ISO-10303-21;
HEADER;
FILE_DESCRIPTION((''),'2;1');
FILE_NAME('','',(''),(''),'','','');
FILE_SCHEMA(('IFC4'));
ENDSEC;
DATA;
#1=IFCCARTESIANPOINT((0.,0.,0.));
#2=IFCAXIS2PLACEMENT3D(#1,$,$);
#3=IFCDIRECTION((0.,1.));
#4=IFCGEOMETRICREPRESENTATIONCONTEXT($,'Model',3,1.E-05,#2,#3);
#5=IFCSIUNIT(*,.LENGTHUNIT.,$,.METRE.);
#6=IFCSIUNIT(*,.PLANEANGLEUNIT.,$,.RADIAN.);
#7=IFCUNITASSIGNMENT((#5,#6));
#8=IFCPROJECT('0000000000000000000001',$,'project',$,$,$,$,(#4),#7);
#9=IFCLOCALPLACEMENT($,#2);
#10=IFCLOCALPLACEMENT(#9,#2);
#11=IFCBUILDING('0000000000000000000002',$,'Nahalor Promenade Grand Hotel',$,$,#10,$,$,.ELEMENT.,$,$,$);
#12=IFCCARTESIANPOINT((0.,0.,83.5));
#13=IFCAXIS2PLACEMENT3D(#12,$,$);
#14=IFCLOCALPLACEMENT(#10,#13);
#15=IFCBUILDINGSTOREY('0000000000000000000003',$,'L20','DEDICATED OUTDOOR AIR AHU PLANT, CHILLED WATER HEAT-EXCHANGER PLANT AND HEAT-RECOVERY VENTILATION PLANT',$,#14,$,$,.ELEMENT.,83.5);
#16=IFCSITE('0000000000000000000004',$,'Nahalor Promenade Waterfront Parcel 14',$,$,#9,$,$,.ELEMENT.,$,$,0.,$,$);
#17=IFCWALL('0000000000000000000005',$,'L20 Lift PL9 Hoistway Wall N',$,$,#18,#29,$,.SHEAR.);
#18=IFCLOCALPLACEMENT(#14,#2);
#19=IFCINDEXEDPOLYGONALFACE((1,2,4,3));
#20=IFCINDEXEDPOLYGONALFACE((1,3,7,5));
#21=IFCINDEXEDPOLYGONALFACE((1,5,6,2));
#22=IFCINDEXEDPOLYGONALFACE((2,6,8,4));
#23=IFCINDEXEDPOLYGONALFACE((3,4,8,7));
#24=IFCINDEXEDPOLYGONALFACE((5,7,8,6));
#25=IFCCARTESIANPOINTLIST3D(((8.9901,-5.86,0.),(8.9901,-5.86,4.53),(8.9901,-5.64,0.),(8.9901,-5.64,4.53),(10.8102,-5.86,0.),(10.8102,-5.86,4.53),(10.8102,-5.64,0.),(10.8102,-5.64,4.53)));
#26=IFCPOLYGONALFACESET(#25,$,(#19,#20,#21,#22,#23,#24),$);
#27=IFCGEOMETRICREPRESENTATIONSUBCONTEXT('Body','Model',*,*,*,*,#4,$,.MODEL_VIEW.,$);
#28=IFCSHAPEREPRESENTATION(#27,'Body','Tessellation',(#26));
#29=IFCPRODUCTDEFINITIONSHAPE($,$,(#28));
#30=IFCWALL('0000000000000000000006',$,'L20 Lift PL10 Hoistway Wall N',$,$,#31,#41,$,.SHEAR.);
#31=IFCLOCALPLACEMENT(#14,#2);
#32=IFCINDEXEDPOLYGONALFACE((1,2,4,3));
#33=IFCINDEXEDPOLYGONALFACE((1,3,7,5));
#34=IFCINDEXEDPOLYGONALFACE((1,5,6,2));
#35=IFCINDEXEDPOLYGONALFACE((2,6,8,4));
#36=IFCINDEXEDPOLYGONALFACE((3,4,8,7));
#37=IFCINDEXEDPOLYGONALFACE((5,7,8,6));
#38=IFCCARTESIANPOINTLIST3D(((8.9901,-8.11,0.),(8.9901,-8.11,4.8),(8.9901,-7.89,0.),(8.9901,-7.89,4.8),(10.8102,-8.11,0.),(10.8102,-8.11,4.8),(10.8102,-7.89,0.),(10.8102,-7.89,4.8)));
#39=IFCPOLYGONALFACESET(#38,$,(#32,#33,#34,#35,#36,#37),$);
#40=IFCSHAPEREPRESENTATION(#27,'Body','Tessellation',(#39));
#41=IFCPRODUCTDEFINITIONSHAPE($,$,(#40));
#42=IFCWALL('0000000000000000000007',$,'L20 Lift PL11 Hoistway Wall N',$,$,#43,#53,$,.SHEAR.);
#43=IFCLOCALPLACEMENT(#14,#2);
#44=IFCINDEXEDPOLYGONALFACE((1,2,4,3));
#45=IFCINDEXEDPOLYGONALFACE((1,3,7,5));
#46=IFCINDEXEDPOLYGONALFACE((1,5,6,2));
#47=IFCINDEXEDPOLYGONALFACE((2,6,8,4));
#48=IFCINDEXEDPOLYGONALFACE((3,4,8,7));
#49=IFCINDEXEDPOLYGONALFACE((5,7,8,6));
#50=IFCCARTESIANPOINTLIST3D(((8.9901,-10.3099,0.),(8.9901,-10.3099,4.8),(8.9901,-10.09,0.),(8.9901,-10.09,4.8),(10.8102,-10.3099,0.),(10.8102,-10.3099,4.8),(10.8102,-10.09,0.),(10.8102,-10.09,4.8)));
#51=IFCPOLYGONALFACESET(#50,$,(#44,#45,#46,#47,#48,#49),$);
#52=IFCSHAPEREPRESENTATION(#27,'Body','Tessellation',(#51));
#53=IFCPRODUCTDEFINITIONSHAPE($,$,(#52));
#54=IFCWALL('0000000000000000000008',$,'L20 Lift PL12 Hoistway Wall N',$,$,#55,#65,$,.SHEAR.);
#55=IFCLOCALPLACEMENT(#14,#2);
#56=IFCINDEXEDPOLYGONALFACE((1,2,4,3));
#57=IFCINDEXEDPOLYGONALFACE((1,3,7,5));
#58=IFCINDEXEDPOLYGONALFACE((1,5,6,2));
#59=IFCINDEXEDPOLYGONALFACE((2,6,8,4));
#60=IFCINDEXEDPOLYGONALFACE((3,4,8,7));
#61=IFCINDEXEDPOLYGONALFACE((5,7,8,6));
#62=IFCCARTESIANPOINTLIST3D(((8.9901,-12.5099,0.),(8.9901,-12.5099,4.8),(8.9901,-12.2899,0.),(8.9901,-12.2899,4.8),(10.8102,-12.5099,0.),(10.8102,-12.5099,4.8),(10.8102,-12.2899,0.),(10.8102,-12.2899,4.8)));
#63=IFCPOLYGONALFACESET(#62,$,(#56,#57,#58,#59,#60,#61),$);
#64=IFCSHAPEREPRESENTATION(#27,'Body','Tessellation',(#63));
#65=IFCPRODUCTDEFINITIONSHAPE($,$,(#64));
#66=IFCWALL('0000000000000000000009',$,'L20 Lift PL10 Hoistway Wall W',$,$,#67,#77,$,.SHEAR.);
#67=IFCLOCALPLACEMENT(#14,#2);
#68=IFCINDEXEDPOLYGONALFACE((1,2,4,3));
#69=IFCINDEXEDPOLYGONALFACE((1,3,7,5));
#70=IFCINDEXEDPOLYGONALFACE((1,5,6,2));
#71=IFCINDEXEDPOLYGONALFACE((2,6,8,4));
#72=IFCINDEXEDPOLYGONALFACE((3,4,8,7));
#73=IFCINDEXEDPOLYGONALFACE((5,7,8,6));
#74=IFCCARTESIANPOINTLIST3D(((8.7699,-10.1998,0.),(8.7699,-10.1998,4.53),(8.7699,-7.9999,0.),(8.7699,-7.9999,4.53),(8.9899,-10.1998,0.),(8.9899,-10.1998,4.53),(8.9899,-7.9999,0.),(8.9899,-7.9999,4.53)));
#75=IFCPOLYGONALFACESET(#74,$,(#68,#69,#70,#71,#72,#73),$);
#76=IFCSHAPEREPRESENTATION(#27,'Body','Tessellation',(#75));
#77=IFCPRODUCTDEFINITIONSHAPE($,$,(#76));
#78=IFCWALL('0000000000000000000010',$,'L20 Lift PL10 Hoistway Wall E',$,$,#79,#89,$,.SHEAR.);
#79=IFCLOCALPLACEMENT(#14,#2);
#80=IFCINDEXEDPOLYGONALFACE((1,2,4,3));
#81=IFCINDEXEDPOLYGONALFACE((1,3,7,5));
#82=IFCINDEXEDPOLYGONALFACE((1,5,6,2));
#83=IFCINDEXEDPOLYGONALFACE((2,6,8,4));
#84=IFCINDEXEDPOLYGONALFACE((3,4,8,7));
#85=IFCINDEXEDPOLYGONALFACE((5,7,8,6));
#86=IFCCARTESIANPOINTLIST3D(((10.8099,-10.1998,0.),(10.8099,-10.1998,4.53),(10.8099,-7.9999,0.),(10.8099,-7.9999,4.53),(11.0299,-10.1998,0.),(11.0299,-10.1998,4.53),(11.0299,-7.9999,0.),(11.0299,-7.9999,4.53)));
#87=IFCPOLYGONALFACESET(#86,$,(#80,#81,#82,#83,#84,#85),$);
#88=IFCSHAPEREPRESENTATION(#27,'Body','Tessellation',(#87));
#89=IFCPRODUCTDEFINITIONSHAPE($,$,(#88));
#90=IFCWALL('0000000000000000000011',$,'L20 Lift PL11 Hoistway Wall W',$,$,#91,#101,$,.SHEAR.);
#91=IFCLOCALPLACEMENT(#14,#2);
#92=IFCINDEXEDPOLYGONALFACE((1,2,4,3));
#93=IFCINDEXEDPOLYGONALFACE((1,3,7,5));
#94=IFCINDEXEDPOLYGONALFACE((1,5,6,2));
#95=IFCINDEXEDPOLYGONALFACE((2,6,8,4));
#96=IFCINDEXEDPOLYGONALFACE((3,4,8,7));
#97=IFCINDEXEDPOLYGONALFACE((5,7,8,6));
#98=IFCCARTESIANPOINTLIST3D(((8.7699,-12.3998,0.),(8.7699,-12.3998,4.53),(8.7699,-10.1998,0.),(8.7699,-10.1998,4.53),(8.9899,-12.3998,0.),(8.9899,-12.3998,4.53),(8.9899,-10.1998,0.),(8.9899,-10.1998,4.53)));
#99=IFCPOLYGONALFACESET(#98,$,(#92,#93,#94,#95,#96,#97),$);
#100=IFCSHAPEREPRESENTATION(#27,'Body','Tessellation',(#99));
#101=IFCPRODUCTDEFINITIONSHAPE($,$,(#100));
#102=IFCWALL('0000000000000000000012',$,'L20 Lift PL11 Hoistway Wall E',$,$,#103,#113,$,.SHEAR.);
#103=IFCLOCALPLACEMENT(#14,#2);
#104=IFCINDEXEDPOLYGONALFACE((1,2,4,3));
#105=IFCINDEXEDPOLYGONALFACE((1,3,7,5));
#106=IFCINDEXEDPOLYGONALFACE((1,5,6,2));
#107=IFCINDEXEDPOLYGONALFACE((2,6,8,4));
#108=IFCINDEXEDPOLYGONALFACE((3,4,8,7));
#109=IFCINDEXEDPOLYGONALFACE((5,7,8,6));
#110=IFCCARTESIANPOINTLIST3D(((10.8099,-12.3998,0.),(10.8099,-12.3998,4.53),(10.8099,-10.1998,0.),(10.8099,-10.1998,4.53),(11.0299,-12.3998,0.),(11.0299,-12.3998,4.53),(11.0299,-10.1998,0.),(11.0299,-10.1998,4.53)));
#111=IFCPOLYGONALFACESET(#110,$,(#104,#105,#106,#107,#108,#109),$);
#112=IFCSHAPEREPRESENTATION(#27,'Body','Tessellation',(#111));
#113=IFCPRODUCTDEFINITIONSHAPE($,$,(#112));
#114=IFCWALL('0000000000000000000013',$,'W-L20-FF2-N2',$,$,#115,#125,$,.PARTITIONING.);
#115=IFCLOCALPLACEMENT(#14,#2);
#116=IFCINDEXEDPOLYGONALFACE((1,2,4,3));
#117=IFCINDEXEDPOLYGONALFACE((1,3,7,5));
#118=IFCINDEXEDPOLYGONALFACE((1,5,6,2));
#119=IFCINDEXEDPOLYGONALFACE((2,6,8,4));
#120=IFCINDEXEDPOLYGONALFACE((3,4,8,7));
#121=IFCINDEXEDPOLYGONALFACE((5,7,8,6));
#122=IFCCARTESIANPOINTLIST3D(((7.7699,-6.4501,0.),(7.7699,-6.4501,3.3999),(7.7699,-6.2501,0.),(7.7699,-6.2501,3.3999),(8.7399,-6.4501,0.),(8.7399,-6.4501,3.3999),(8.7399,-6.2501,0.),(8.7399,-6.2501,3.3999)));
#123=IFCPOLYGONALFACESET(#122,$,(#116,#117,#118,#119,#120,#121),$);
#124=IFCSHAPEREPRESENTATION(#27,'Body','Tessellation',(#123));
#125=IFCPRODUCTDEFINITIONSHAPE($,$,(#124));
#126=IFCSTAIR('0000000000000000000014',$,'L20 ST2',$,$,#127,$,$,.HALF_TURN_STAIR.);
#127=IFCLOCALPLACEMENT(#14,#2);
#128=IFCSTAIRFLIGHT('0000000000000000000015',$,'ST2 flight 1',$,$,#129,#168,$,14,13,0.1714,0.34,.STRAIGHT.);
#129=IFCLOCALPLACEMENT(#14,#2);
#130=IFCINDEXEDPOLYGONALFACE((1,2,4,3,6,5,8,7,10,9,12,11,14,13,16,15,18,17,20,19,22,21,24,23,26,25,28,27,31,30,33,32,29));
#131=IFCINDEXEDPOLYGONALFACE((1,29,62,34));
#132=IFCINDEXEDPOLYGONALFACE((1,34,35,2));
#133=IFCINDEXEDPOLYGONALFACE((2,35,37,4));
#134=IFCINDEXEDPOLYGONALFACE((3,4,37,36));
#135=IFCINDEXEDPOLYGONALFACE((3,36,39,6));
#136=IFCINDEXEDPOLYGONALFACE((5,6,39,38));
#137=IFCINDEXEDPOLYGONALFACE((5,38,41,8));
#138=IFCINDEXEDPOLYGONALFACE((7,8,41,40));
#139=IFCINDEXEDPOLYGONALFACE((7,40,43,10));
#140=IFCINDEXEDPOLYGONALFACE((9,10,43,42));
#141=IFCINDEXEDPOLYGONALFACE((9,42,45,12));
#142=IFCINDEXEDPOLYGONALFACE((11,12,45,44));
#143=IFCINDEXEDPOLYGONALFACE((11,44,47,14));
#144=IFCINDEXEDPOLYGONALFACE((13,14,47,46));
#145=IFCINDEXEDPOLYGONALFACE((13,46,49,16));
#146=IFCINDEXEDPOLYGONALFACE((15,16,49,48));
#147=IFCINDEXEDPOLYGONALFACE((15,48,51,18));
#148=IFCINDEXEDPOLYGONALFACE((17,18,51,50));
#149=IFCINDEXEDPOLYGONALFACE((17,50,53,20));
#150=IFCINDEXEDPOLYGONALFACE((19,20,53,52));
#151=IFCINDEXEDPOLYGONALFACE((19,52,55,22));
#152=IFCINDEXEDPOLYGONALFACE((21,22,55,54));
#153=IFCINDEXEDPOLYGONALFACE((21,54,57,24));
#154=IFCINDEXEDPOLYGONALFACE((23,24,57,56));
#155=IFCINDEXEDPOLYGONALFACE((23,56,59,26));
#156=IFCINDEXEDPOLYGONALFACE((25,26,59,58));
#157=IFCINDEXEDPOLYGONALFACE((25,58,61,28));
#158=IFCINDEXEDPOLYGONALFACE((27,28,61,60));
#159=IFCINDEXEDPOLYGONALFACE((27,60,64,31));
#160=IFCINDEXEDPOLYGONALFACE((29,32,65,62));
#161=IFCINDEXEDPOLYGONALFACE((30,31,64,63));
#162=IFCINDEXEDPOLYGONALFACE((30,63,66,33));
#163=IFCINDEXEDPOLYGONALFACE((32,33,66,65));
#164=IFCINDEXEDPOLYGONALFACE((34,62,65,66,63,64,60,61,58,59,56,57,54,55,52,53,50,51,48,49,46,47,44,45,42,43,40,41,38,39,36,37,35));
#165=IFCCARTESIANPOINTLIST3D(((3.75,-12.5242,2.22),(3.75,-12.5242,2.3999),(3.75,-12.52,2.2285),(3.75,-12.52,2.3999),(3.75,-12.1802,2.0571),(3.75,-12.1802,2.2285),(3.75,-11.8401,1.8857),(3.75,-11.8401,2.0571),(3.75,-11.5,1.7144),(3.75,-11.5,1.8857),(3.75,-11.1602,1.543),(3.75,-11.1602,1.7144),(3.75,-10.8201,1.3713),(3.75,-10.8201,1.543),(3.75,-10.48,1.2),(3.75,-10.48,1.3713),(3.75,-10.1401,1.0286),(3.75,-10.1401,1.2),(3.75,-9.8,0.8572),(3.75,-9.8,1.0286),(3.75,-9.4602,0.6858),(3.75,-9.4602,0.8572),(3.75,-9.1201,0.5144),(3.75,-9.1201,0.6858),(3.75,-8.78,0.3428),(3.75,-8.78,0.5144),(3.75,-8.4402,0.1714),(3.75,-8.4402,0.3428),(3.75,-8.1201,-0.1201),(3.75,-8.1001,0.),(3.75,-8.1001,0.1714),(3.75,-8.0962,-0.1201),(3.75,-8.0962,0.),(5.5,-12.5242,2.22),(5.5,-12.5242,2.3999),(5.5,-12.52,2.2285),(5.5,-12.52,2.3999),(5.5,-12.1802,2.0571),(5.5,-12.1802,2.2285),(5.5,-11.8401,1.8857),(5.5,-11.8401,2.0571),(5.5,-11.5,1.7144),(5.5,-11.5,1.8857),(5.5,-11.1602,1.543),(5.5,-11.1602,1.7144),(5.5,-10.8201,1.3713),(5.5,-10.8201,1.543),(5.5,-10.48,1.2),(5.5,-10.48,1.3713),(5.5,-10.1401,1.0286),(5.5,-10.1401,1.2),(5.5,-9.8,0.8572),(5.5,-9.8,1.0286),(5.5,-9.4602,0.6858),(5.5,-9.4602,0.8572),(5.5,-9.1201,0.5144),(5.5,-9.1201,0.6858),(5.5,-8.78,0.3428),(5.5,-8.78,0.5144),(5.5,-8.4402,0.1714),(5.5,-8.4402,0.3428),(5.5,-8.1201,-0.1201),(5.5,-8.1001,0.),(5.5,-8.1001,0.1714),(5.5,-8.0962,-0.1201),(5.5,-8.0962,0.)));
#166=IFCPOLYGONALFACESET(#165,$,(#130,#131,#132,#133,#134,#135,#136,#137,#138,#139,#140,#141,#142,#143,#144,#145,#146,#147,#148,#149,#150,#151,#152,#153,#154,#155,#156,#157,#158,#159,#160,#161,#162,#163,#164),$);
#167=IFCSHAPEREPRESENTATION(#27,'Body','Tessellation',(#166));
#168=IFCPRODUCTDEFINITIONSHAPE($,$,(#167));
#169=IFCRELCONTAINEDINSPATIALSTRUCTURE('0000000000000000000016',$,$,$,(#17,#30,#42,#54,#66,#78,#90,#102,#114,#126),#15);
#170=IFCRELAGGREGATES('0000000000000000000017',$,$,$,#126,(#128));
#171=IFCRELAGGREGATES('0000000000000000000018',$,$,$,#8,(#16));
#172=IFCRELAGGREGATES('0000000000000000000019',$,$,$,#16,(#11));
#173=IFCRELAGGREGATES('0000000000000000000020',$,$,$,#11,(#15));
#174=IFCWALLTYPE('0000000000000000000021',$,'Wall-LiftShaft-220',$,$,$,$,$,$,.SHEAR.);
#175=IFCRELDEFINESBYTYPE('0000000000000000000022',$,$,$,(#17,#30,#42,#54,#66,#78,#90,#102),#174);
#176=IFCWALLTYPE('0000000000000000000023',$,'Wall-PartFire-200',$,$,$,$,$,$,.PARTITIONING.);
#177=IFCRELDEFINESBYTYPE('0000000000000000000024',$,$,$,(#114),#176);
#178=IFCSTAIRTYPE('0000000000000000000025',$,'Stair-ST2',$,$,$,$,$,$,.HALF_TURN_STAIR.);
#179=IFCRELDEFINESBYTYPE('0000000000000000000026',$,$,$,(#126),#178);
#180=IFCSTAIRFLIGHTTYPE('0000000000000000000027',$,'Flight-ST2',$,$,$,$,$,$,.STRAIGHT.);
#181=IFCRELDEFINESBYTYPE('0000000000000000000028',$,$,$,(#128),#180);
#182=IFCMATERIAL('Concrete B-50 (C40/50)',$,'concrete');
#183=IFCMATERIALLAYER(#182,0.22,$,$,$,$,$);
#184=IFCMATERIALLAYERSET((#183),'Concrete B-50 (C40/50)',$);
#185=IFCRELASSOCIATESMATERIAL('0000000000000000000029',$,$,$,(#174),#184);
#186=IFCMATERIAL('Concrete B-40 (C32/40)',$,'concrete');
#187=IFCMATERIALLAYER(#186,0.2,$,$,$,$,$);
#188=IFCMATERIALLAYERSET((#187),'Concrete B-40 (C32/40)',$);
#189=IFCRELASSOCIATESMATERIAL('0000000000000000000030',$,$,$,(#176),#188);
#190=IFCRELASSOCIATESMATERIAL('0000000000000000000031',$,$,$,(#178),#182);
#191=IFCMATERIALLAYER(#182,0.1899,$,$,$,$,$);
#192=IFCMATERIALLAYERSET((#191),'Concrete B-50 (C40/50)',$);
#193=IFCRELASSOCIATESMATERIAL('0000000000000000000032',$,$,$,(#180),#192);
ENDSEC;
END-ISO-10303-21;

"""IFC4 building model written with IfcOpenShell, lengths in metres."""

from ifc_helpers import new_model, si_unit, direction, frame, frame_2d, origin, place, context, subcontext, project, spatial, polyline, rectangle, outline, extrude, source, transform, mapped, material, layer, layer_set, type_object, element, aggregate, save


model = new_model("IFC4")

# Units and contexts
model_context = context("Model", 3, precision=1e-05, world=origin(), true_north=direction((0.0, 1.0)))
body_context = subcontext(model_context, "Body", "Model", "MODEL_VIEW")
ifc_project = project(units=[si_unit("LENGTHUNIT", "METRE"), si_unit("PLANEANGLEUNIT", "RADIAN")], contexts=[model_context])

# Site, building, storey
site_placement = place(None, origin())
site = spatial("IfcSite", under=ifc_project, at=site_placement, Name="Nahalor Promenade Waterfront Parcel 14", CompositionType="ELEMENT", RefElevation=0.0)
building_placement = place(site_placement, origin())
building = spatial("IfcBuilding", under=site, at=building_placement, Name="Nahalor Promenade Grand Hotel", CompositionType="ELEMENT")
storey_placement = place(building_placement, frame((0.0, 0.0, 83.5)))
storey = spatial("IfcBuildingStorey", under=building, at=storey_placement, Name="L20", Description="DEDICATED OUTDOOR AIR AHU PLANT, CHILLED WATER HEAT-EXCHANGER PLANT AND HEAT-RECOVERY VENTILATION PLANT", CompositionType="ELEMENT", Elevation=83.5)

# Walls
ifc_material_1 = material(Name="Concrete B-50 (C40/50)", Category="concrete")
ifc_layer_1 = layer(ifc_material_1, 0.22)
ifc_layer_set_1 = layer_set([ifc_layer_1], Name="Concrete B-50 (C40/50)")
wall_type_1 = type_object("IfcWallType", Name="Wall-LiftShaft-220", PredefinedType="SHEAR", material=ifc_layer_set_1)
shared_shape_1 = source(origin(), body_context, "Body", "SweptSolid", [
    extrude(rectangle(XDim=1.8201, YDim=0.22, at=frame_2d((0.9102, 0.0))), origin(), (0.0, 0.0, 1.0), 4.53),
])
wall_1_placement = place(storey_placement, frame((8.99, -5.75, 0.0), z_axis=(0.0, 0.0, 1.0), x_axis=(1.0, 0.0, 0.0)))
element("IfcWall", 1, at=wall_1_placement, inside=storey, type_object=wall_type_1, Name="L20 Lift PL9 Hoistway Wall N", PredefinedType="SHEAR", context=body_context, shape_type="MappedRepresentation", body=[
    mapped(shared_shape_1, transform((0.0, 0.0, 0.0), scale=1.0)),
])
shared_shape_2 = source(origin(), body_context, "Body", "SweptSolid", [
    extrude(rectangle(XDim=1.8201, YDim=0.22, at=frame_2d((0.9102, 0.0))), origin(), (0.0, 0.0, 1.0), 4.8),
])
for number, where, z_axis, x_axis, name in (
    (2, (8.99, -8.0, 0.0), (0.0, 0.0, 1.0), (1.0, 0.0, 0.0), "L20 Lift PL10 Hoistway Wall N"),
    (3, (8.99, -10.2, 0.0), (0.0, 0.0, 1.0), (1.0, 0.0, 0.0), "L20 Lift PL11 Hoistway Wall N"),
    (4, (8.99, -12.3999, 0.0), (0.0, 0.0, 1.0), (1.0, 0.0, 0.0), "L20 Lift PL12 Hoistway Wall N"),
):
    element("IfcWall", number, at=place(storey_placement, frame(where, z_axis=z_axis, x_axis=x_axis)), inside=storey, type_object=wall_type_1, Name=name, PredefinedType="SHEAR", context=body_context, shape_type="MappedRepresentation", body=[
        mapped(shared_shape_2, transform((0.0, 0.0, 0.0), scale=1.0)),
    ])
shared_shape_3 = source(origin(), body_context, "Body", "SweptSolid", [
    extrude(rectangle(XDim=2.2, YDim=0.22, at=frame_2d((1.1001, 0.0))), origin(), (0.0, 0.0, 1.0), 4.53),
])
for number, where, z_axis, x_axis, name in (
    (5, (8.8799, -10.2, 0.0), (0.0, 0.0, 1.0), (0.0, 1.0, 0.0), "L20 Lift PL10 Hoistway Wall W"),
    (6, (10.9199, -10.2, 0.0), (0.0, 0.0, 1.0), (0.0, 1.0, 0.0), "L20 Lift PL10 Hoistway Wall E"),
    (7, (8.8799, -12.3999, 0.0), (0.0, 0.0, 1.0), (0.0, 1.0, 0.0), "L20 Lift PL11 Hoistway Wall W"),
    (8, (10.9199, -12.3999, 0.0), (0.0, 0.0, 1.0), (0.0, 1.0, 0.0), "L20 Lift PL11 Hoistway Wall E"),
):
    element("IfcWall", number, at=place(storey_placement, frame(where, z_axis=z_axis, x_axis=x_axis)), inside=storey, type_object=wall_type_1, Name=name, PredefinedType="SHEAR", context=body_context, shape_type="MappedRepresentation", body=[
        mapped(shared_shape_3, transform((0.0, 0.0, 0.0), scale=1.0)),
    ])
ifc_material_2 = material(Name="Concrete B-40 (C32/40)", Category="concrete")
ifc_layer_2 = layer(ifc_material_2, 0.2)
ifc_layer_set_2 = layer_set([ifc_layer_2], Name="Concrete B-40 (C32/40)")
wall_type_2 = type_object("IfcWallType", Name="Wall-PartFire-200", PredefinedType="PARTITIONING", material=ifc_layer_set_2)
shared_shape_4 = source(origin(), body_context, "Body", "SweptSolid", [
    extrude(rectangle(XDim=0.97, YDim=0.2, at=frame_2d((0.4849, 0.0))), origin(), (0.0, 0.0, 1.0), 3.3999),
])
wall_2_placement = place(storey_placement, frame((7.77, -6.3501, 0.0), z_axis=(0.0, 0.0, 1.0), x_axis=(1.0, 0.0, 0.0)))
element("IfcWall", 9, at=wall_2_placement, inside=storey, type_object=wall_type_2, Name="W-L20-FF2-N2", PredefinedType="PARTITIONING", context=body_context, shape_type="MappedRepresentation", body=[
    mapped(shared_shape_4, transform((0.0, 0.0, 0.0), scale=1.0)),
])

# Stair, stair flight
stair_type = type_object("IfcStairType", Name="Stair-ST2", PredefinedType="HALF_TURN_STAIR", material=ifc_material_1)
stair_placement = place(storey_placement, origin())
stair = element("IfcStair", 10, at=stair_placement, inside=storey, type_object=stair_type, Name="L20 ST2", PredefinedType="HALF_TURN_STAIR")
ifc_layer_3 = layer(ifc_material_1, 0.1899)
ifc_layer_set_3 = layer_set([ifc_layer_3], Name="Concrete B-50 (C40/50)")
stair_flight_type = type_object("IfcStairFlightType", Name="Flight-ST2", PredefinedType="STRAIGHT", material=ifc_layer_set_3)
shared_shape_5 = source(origin(), body_context, "Body", "SweptSolid", [
    extrude(outline(polyline([(-0.0039, -0.1201), (-0.0039, 0.0), (0.0, 0.0), (0.0, 0.1714), (0.3401, 0.1714), (0.3401, 0.3428), (0.6799, 0.3428), (0.6799, 0.5144), (1.02, 0.5144), (1.02, 0.6858), (1.3601, 0.6858), (1.3601, 0.8572), (1.7, 0.8572), (1.7, 1.0286), (2.04, 1.0286), (2.04, 1.2), (2.3799, 1.2), (2.3799, 1.3713), (2.72, 1.3713), (2.72, 1.543), (3.0601, 1.543), (3.0601, 1.7144), (3.3999, 1.7144), (3.3999, 1.8857), (3.74, 1.8857), (3.74, 2.0571), (4.0801, 2.0571), (4.0801, 2.2285), (4.4199, 2.2285), (4.4199, 2.3999), (4.4241, 2.3999), (4.4241, 2.22), (0.02, -0.1201), (-0.0039, -0.1201)])), frame((0.0, 0.875, 0.0), z_axis=(0.0, -1.0, 0.0), x_axis=(1.0, 0.0, 0.0)), (0.0, 0.0, 1.0), 1.75),
])
stair_flight_1_placement = place(storey_placement, frame((4.625, -8.1001, 0.0), z_axis=(0.0, 0.0, 1.0), x_axis=(0.0, -1.0, 0.0)))
stair_flight_1 = element("IfcStairFlight", 11, at=stair_flight_1_placement, type_object=stair_flight_type, Name="ST2 flight 1", NumberOfRisers=14, NumberOfTreads=13, PredefinedType="STRAIGHT", RiserHeight=0.1714, TreadLength=0.34, context=body_context, shape_type="MappedRepresentation", body=[
    mapped(shared_shape_5, transform((0.0, 0.0, 0.0), scale=1.0)),
])
aggregate(stair, [stair_flight_1])

save(model, "model.ifc")
